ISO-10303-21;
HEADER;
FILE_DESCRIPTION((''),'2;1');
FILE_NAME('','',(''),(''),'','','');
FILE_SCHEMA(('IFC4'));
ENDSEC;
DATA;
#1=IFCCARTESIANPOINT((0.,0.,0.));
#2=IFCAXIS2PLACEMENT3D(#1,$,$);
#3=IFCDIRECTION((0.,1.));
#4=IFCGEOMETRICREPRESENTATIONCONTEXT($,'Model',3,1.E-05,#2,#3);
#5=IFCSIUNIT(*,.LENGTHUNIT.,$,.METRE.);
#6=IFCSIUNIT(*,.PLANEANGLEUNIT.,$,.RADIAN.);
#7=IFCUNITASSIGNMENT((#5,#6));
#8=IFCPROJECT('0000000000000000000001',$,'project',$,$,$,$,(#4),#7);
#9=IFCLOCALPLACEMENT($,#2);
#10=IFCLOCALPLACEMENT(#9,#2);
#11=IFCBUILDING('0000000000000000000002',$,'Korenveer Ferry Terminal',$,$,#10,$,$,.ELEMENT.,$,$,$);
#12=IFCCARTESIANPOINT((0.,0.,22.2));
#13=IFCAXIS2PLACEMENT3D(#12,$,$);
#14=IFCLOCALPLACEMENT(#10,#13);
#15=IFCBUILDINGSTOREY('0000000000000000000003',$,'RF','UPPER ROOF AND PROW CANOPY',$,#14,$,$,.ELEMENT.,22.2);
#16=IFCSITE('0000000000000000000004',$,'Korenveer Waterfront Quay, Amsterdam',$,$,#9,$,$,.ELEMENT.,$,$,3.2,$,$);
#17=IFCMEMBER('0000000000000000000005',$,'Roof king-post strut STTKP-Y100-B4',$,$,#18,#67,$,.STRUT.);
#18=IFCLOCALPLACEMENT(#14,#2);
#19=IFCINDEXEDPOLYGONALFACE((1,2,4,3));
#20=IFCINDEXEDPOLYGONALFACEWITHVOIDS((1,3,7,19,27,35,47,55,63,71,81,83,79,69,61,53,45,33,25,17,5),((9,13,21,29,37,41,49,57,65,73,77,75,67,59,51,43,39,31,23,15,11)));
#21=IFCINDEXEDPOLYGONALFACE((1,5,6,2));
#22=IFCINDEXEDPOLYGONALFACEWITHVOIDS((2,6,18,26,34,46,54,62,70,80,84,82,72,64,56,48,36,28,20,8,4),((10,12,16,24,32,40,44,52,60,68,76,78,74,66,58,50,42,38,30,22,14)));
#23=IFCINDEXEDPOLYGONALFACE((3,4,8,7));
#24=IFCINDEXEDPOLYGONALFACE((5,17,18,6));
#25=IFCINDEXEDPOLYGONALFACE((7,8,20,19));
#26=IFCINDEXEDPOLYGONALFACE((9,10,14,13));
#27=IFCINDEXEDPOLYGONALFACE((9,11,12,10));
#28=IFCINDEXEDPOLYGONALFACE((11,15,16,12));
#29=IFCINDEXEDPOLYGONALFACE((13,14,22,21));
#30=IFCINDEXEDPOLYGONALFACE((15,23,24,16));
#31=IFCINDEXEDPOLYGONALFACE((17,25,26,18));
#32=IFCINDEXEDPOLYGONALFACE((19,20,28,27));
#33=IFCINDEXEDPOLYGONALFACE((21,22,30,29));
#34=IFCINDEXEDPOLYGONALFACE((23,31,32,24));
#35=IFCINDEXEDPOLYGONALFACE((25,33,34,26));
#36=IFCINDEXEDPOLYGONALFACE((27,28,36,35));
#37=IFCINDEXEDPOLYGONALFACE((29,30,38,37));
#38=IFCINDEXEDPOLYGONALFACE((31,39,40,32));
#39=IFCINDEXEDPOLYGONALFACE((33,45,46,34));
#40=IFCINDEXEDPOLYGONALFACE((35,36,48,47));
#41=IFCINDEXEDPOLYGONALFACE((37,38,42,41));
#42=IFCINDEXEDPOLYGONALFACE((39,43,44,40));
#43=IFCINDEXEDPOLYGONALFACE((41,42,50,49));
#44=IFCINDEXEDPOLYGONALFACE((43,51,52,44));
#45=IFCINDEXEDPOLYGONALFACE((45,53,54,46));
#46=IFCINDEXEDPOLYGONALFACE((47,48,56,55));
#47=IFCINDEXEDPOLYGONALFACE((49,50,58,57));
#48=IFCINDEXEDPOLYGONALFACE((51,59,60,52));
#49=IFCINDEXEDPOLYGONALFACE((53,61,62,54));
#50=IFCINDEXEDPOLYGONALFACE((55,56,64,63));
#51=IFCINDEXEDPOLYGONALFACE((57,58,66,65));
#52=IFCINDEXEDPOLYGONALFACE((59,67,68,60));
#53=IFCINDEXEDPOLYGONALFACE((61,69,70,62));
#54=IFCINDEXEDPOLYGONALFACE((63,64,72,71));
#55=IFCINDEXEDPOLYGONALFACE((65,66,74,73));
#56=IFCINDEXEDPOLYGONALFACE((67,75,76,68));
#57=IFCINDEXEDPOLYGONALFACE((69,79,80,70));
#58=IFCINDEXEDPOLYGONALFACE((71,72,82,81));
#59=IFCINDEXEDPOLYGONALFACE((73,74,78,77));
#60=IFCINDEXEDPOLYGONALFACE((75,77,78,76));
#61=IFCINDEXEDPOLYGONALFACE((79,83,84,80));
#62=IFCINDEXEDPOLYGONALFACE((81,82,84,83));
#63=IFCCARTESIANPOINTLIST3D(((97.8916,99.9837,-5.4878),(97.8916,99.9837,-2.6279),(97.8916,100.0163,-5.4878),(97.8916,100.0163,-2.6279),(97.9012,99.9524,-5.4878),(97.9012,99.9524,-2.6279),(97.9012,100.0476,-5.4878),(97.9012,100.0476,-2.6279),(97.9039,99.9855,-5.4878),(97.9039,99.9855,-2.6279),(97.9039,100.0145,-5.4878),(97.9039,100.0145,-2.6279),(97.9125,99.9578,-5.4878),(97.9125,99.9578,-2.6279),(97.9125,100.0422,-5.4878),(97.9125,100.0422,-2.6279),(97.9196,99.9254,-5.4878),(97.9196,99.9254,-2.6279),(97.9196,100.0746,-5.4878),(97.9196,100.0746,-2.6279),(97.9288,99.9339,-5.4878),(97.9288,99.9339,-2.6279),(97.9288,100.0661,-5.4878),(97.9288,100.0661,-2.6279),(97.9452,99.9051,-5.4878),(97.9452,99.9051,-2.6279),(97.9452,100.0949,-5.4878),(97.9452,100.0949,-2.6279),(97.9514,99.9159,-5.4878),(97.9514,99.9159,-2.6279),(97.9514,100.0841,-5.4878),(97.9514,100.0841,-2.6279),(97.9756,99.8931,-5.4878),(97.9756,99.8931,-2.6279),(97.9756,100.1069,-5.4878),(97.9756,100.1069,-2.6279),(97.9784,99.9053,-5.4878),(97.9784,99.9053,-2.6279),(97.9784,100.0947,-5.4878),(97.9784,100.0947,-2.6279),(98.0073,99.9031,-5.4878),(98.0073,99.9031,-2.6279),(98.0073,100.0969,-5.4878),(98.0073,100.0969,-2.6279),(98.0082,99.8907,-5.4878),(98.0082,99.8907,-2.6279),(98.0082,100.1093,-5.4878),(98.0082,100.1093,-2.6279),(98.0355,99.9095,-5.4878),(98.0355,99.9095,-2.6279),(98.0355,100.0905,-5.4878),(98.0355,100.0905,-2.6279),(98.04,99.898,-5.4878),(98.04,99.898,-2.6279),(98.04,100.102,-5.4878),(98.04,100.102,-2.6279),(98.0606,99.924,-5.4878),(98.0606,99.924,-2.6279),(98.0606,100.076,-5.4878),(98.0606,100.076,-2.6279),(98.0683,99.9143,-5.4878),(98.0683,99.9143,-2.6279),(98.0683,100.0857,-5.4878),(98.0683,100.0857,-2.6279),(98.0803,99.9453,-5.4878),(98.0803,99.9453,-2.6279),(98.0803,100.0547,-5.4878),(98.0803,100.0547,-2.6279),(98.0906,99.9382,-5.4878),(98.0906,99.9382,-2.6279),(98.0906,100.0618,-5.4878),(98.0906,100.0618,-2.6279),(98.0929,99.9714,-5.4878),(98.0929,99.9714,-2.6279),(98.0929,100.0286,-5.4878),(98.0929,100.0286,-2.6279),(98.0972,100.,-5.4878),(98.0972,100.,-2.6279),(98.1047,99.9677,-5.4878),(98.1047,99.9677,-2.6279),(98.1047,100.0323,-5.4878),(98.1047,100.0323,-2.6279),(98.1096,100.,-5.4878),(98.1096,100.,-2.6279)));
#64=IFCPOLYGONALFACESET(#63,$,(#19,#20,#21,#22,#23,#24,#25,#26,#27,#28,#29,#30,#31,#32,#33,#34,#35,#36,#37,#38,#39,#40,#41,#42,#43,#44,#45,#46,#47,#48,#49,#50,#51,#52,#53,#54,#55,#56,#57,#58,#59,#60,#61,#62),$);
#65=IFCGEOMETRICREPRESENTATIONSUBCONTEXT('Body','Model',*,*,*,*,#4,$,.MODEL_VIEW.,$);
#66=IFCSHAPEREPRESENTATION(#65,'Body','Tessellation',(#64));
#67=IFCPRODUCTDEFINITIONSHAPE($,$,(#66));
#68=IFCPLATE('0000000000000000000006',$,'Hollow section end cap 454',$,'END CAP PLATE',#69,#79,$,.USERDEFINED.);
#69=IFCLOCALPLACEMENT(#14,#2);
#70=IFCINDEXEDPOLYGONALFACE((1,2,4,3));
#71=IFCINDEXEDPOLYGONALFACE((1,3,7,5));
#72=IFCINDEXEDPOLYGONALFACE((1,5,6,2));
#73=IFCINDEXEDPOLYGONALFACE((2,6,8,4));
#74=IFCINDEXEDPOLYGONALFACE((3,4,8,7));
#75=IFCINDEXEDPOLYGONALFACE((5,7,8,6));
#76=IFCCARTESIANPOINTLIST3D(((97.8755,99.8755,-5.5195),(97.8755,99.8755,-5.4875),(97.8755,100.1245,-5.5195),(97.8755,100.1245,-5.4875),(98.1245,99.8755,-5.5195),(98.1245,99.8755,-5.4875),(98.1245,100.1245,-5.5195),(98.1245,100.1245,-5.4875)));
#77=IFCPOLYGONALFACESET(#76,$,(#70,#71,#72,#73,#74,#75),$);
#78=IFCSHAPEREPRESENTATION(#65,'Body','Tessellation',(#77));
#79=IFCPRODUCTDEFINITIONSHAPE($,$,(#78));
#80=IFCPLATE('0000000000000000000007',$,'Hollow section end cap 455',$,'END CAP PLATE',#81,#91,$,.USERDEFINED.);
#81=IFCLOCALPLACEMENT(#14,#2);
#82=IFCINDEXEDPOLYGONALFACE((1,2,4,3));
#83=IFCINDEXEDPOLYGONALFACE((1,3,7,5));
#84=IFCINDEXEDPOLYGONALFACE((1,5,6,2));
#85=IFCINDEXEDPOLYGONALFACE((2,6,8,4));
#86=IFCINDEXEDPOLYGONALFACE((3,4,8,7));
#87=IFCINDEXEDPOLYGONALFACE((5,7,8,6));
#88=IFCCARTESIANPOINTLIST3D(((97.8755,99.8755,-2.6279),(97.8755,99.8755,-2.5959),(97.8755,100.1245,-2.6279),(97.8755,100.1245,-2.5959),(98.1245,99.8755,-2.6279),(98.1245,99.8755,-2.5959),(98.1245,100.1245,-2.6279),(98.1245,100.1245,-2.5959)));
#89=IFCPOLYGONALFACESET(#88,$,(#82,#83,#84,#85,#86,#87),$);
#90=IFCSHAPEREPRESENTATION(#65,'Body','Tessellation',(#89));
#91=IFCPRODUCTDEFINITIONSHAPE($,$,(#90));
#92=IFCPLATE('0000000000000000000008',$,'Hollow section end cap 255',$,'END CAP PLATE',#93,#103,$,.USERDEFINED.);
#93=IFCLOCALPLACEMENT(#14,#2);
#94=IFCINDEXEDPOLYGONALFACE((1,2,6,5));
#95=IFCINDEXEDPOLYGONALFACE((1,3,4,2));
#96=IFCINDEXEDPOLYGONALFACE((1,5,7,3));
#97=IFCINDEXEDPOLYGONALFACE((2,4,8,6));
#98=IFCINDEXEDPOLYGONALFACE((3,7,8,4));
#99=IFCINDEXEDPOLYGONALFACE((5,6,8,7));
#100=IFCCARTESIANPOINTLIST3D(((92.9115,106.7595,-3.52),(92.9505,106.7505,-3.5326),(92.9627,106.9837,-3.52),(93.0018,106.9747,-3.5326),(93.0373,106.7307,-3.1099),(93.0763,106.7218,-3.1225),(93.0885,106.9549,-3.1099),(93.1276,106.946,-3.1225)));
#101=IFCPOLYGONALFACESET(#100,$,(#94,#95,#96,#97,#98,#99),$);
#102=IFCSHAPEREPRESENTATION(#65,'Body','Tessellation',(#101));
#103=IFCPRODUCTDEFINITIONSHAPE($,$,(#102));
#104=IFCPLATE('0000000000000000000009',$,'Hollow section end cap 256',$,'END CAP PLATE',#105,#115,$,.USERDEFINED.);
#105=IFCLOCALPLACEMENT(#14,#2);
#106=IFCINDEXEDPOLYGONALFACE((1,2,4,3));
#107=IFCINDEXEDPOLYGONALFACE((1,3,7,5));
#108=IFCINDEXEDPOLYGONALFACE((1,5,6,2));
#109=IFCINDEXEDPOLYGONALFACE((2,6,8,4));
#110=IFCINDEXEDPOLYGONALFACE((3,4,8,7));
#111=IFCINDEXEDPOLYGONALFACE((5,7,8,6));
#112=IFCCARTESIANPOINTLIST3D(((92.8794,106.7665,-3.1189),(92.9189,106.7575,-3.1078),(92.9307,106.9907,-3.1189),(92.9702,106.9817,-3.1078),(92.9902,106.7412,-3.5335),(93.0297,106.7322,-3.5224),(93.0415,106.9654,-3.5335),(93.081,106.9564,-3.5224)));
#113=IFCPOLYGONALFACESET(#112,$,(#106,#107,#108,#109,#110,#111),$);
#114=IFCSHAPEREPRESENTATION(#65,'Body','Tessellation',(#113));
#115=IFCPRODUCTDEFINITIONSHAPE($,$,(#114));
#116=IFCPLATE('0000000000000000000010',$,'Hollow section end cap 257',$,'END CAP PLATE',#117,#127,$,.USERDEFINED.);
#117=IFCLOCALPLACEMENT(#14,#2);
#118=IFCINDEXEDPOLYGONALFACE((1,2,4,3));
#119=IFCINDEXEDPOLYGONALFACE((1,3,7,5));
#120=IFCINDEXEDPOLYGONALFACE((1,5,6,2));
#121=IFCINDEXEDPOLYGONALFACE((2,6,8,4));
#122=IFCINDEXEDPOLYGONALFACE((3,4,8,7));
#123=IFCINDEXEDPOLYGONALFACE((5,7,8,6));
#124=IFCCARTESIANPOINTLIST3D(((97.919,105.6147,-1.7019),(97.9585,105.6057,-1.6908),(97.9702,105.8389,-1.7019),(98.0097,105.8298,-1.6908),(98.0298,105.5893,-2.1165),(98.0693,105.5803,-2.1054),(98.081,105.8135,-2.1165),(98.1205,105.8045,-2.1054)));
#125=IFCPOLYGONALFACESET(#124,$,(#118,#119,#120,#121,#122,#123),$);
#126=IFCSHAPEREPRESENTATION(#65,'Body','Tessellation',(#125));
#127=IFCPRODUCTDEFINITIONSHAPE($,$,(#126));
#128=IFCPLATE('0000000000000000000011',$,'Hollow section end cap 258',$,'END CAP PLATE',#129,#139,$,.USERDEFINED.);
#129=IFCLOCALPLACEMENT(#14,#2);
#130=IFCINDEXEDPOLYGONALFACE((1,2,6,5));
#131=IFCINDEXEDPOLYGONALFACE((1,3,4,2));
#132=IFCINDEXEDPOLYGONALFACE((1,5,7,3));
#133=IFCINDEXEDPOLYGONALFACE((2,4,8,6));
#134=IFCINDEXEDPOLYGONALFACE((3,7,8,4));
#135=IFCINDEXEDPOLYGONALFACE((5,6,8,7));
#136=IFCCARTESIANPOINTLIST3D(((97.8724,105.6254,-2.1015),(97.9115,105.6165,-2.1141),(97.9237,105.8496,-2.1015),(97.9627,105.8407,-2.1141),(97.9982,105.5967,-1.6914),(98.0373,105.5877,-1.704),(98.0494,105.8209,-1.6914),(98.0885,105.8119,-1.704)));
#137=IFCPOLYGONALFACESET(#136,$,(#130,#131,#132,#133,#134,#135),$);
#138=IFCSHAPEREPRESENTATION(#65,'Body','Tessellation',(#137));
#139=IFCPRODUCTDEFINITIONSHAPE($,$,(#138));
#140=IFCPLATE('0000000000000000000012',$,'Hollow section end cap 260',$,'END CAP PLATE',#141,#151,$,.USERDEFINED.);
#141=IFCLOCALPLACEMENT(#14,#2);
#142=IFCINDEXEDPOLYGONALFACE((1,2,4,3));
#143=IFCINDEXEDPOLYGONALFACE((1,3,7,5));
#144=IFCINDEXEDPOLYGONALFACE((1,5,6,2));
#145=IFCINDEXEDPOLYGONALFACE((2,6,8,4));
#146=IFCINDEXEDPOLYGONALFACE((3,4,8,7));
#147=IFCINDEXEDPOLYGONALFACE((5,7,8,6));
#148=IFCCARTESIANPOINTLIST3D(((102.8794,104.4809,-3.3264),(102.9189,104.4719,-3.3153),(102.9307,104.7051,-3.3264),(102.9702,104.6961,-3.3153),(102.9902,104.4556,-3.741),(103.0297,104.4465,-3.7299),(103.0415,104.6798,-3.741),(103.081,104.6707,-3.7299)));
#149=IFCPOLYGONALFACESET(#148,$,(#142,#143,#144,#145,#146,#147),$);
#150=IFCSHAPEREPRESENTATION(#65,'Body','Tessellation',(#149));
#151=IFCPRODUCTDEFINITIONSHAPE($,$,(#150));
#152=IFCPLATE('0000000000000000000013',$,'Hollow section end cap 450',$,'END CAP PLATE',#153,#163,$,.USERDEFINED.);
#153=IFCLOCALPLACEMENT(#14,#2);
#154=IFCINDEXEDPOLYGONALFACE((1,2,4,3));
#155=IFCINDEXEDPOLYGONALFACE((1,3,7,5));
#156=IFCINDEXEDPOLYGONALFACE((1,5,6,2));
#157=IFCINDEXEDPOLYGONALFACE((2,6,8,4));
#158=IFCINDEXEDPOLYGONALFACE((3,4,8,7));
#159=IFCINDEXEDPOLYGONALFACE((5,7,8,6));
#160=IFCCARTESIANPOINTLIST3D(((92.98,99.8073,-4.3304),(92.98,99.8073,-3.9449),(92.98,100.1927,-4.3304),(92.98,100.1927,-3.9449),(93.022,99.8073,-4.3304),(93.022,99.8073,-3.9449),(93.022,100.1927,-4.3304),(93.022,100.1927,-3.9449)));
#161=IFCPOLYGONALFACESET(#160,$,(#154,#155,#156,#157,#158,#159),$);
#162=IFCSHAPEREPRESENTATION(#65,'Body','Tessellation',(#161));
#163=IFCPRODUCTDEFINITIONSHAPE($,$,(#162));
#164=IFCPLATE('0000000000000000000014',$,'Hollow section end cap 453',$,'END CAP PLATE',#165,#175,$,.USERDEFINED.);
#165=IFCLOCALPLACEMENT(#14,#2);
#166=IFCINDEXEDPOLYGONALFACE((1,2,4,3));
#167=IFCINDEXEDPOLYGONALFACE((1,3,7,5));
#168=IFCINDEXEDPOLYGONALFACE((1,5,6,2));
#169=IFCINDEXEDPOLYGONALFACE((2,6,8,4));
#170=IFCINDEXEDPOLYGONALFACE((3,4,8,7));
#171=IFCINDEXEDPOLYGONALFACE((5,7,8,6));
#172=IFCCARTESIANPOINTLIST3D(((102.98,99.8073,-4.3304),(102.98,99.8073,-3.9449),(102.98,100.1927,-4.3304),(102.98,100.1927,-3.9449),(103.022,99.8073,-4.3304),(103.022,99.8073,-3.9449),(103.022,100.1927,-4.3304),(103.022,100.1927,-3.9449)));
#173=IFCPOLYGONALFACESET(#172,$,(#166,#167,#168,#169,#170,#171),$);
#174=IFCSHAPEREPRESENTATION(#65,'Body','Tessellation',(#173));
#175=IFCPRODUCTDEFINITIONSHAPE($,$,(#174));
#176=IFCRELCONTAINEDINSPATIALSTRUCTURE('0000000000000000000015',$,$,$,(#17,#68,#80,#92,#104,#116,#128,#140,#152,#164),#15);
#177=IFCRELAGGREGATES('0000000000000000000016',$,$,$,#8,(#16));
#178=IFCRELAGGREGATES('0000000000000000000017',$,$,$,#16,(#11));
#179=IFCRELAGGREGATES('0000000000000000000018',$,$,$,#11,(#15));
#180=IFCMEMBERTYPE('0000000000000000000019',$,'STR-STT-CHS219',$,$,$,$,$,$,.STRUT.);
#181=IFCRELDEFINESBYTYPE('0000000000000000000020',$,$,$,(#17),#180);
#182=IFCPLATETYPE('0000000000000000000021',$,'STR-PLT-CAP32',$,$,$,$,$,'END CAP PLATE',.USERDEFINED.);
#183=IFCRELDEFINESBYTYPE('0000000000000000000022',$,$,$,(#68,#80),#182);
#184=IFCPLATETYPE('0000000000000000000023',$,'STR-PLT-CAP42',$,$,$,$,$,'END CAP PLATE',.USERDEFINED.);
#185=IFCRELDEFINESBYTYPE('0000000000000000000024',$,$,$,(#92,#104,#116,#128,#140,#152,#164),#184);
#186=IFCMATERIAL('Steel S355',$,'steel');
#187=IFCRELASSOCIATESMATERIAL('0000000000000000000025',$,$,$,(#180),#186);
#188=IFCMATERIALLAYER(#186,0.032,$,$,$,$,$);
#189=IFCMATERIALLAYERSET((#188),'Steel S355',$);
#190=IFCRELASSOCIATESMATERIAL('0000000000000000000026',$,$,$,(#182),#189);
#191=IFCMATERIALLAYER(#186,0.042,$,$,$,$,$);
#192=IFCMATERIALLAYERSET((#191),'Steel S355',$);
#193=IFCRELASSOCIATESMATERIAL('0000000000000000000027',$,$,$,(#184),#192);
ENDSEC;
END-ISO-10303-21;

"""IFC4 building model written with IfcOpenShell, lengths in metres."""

from ifc_helpers import new_model, si_unit, direction, frame, origin, origin_2d, place, context, subcontext, project, spatial, rectangle, hollow_circle, extrude, material, layer, layer_set, material_profile, profile_set, type_object, element, save


model = new_model("IFC4")

# Units and contexts
model_context = context("Model", 3, precision=1e-05, world=origin(), true_north=direction((0.0, 1.0)))
body_context = subcontext(model_context, "Body", "Model", "MODEL_VIEW")
ifc_project = project(units=[si_unit("LENGTHUNIT", "METRE"), si_unit("PLANEANGLEUNIT", "RADIAN")], contexts=[model_context])

# Site, building, storey
site_placement = place(None, origin())
site = spatial("IfcSite", under=ifc_project, at=site_placement, Name="Korenveer Waterfront Quay, Amsterdam", CompositionType="ELEMENT", RefElevation=3.2)
building_placement = place(site_placement, origin())
building = spatial("IfcBuilding", under=site, at=building_placement, Name="Korenveer Ferry Terminal", CompositionType="ELEMENT")
storey_placement = place(building_placement, frame((0.0, 0.0, 22.2)))
storey = spatial("IfcBuildingStorey", under=building, at=storey_placement, Name="RF", Description="UPPER ROOF AND PROW CANOPY", CompositionType="ELEMENT", Elevation=22.2)

# Shared definitions
ifc_material_1 = material(Name="Steel S355", Category="steel")

# Member
ifc_material_profile_1 = material_profile(ifc_material_1, hollow_circle(Radius=0.1096, WallThickness=0.0125, at=origin_2d()), Name="CHS 219.1x12.5")
ifc_profile_set_1 = profile_set([ifc_material_profile_1], Name="Steel S355")
member_type_1 = type_object("IfcMemberType", Name="STR-STT-CHS219", PredefinedType="STRUT", material=ifc_profile_set_1)
member_placement = place(storey_placement, frame((98.0, 100.0, -5.4878), z_axis=(0.0, 0.0, 1.0), x_axis=(1.0, 0.0, 0.0)))
element("IfcMember", 1, at=member_placement, inside=storey, type_object=member_type_1, Name="Roof king-post strut STTKP-Y100-B4", PredefinedType="STRUT", context=body_context, shape_type="SweptSolid", body=[
    extrude(hollow_circle(Radius=0.1096, WallThickness=0.0125, at=origin_2d()), origin(), (0.0, 0.0, 1.0), 2.8599),
])

# Plates
ifc_layer_1 = layer(ifc_material_1, 0.032)
ifc_layer_set_1 = layer_set([ifc_layer_1], Name="Steel S355")
plate_type_1 = type_object("IfcPlateType", Name="STR-PLT-CAP32", ElementType="END CAP PLATE", PredefinedType="USERDEFINED", material=ifc_layer_set_1)
for number, where, z_axis, x_axis, name in (
    (2, (98.0, 100.0, -5.5195), (0.0, 0.0, 1.0), (1.0, 0.0, 0.0), "Hollow section end cap 454"),
    (3, (98.0, 100.0, -2.6279), (0.0, 0.0, 1.0), (1.0, 0.0, 0.0), "Hollow section end cap 455"),
):
    element("IfcPlate", number, at=place(storey_placement, frame(where, z_axis=z_axis, x_axis=x_axis)), inside=storey, type_object=plate_type_1, Name=name, ObjectType="END CAP PLATE", PredefinedType="USERDEFINED", context=body_context, shape_type="SweptSolid", body=[
        extrude(rectangle(XDim=0.249, YDim=0.249, at=origin_2d()), origin(), (0.0, 0.0, 1.0), 0.032),
    ])
ifc_layer_2 = layer(ifc_material_1, 0.042)
ifc_layer_set_2 = layer_set([ifc_layer_2], Name="Steel S355")
plate_type_2 = type_object("IfcPlateType", Name="STR-PLT-CAP42", ElementType="END CAP PLATE", PredefinedType="USERDEFINED", material=ifc_layer_set_2)
for number, where, z_axis, x_axis, name in (
    (4, (93.0, 106.8572, -3.3149), (0.92993, -0.212555, -0.300085), (0.222825, 0.974859, 0.0), "Hollow section end cap 255"),
    (5, (92.9604, 106.866, -3.3262), (0.940175, -0.214897, 0.264366), (0.222825, 0.974859, 0.0), "Hollow section end cap 256"),
    (6, (98.0, 105.7141, -1.9092), (0.940175, -0.214897, 0.264366), (0.222825, 0.974859, 0.0), "Hollow section end cap 257"),
    (7, (97.9609, 105.7231, -1.8965), (0.92993, -0.212555, -0.300085), (0.222825, 0.974859, 0.0), "Hollow section end cap 258"),
    (8, (102.9604, 104.5803, -3.5337), (0.940175, -0.214897, 0.264366), (0.222825, 0.974859, 0.0), "Hollow section end cap 260"),
):
    element("IfcPlate", number, at=place(storey_placement, frame(where, z_axis=z_axis, x_axis=x_axis)), inside=storey, type_object=plate_type_2, Name=name, ObjectType="END CAP PLATE", PredefinedType="USERDEFINED", context=body_context, shape_type="SweptSolid", body=[
        extrude(rectangle(XDim=0.23, YDim=0.4299, at=origin_2d()), origin(), (0.0, 0.0, 1.0), 0.042),
    ])
for number, where, z_axis, x_axis, name in (
    (9, (92.98, 100.0, -4.1377), (1.0, 0.0, 0.0), (0.0, 1.0, 0.0), "Hollow section end cap 450"),
    (10, (102.98, 100.0, -4.1377), (1.0, 0.0, 0.0), (0.0, 1.0, 0.0), "Hollow section end cap 453"),
):
    element("IfcPlate", number, at=place(storey_placement, frame(where, z_axis=z_axis, x_axis=x_axis)), inside=storey, type_object=plate_type_2, Name=name, ObjectType="END CAP PLATE", PredefinedType="USERDEFINED", context=body_context, shape_type="SweptSolid", body=[
        extrude(rectangle(XDim=0.3855, YDim=0.3855, at=origin_2d()), origin(), (0.0, 0.0, 1.0), 0.042),
    ])

save(model, "model.ifc")
